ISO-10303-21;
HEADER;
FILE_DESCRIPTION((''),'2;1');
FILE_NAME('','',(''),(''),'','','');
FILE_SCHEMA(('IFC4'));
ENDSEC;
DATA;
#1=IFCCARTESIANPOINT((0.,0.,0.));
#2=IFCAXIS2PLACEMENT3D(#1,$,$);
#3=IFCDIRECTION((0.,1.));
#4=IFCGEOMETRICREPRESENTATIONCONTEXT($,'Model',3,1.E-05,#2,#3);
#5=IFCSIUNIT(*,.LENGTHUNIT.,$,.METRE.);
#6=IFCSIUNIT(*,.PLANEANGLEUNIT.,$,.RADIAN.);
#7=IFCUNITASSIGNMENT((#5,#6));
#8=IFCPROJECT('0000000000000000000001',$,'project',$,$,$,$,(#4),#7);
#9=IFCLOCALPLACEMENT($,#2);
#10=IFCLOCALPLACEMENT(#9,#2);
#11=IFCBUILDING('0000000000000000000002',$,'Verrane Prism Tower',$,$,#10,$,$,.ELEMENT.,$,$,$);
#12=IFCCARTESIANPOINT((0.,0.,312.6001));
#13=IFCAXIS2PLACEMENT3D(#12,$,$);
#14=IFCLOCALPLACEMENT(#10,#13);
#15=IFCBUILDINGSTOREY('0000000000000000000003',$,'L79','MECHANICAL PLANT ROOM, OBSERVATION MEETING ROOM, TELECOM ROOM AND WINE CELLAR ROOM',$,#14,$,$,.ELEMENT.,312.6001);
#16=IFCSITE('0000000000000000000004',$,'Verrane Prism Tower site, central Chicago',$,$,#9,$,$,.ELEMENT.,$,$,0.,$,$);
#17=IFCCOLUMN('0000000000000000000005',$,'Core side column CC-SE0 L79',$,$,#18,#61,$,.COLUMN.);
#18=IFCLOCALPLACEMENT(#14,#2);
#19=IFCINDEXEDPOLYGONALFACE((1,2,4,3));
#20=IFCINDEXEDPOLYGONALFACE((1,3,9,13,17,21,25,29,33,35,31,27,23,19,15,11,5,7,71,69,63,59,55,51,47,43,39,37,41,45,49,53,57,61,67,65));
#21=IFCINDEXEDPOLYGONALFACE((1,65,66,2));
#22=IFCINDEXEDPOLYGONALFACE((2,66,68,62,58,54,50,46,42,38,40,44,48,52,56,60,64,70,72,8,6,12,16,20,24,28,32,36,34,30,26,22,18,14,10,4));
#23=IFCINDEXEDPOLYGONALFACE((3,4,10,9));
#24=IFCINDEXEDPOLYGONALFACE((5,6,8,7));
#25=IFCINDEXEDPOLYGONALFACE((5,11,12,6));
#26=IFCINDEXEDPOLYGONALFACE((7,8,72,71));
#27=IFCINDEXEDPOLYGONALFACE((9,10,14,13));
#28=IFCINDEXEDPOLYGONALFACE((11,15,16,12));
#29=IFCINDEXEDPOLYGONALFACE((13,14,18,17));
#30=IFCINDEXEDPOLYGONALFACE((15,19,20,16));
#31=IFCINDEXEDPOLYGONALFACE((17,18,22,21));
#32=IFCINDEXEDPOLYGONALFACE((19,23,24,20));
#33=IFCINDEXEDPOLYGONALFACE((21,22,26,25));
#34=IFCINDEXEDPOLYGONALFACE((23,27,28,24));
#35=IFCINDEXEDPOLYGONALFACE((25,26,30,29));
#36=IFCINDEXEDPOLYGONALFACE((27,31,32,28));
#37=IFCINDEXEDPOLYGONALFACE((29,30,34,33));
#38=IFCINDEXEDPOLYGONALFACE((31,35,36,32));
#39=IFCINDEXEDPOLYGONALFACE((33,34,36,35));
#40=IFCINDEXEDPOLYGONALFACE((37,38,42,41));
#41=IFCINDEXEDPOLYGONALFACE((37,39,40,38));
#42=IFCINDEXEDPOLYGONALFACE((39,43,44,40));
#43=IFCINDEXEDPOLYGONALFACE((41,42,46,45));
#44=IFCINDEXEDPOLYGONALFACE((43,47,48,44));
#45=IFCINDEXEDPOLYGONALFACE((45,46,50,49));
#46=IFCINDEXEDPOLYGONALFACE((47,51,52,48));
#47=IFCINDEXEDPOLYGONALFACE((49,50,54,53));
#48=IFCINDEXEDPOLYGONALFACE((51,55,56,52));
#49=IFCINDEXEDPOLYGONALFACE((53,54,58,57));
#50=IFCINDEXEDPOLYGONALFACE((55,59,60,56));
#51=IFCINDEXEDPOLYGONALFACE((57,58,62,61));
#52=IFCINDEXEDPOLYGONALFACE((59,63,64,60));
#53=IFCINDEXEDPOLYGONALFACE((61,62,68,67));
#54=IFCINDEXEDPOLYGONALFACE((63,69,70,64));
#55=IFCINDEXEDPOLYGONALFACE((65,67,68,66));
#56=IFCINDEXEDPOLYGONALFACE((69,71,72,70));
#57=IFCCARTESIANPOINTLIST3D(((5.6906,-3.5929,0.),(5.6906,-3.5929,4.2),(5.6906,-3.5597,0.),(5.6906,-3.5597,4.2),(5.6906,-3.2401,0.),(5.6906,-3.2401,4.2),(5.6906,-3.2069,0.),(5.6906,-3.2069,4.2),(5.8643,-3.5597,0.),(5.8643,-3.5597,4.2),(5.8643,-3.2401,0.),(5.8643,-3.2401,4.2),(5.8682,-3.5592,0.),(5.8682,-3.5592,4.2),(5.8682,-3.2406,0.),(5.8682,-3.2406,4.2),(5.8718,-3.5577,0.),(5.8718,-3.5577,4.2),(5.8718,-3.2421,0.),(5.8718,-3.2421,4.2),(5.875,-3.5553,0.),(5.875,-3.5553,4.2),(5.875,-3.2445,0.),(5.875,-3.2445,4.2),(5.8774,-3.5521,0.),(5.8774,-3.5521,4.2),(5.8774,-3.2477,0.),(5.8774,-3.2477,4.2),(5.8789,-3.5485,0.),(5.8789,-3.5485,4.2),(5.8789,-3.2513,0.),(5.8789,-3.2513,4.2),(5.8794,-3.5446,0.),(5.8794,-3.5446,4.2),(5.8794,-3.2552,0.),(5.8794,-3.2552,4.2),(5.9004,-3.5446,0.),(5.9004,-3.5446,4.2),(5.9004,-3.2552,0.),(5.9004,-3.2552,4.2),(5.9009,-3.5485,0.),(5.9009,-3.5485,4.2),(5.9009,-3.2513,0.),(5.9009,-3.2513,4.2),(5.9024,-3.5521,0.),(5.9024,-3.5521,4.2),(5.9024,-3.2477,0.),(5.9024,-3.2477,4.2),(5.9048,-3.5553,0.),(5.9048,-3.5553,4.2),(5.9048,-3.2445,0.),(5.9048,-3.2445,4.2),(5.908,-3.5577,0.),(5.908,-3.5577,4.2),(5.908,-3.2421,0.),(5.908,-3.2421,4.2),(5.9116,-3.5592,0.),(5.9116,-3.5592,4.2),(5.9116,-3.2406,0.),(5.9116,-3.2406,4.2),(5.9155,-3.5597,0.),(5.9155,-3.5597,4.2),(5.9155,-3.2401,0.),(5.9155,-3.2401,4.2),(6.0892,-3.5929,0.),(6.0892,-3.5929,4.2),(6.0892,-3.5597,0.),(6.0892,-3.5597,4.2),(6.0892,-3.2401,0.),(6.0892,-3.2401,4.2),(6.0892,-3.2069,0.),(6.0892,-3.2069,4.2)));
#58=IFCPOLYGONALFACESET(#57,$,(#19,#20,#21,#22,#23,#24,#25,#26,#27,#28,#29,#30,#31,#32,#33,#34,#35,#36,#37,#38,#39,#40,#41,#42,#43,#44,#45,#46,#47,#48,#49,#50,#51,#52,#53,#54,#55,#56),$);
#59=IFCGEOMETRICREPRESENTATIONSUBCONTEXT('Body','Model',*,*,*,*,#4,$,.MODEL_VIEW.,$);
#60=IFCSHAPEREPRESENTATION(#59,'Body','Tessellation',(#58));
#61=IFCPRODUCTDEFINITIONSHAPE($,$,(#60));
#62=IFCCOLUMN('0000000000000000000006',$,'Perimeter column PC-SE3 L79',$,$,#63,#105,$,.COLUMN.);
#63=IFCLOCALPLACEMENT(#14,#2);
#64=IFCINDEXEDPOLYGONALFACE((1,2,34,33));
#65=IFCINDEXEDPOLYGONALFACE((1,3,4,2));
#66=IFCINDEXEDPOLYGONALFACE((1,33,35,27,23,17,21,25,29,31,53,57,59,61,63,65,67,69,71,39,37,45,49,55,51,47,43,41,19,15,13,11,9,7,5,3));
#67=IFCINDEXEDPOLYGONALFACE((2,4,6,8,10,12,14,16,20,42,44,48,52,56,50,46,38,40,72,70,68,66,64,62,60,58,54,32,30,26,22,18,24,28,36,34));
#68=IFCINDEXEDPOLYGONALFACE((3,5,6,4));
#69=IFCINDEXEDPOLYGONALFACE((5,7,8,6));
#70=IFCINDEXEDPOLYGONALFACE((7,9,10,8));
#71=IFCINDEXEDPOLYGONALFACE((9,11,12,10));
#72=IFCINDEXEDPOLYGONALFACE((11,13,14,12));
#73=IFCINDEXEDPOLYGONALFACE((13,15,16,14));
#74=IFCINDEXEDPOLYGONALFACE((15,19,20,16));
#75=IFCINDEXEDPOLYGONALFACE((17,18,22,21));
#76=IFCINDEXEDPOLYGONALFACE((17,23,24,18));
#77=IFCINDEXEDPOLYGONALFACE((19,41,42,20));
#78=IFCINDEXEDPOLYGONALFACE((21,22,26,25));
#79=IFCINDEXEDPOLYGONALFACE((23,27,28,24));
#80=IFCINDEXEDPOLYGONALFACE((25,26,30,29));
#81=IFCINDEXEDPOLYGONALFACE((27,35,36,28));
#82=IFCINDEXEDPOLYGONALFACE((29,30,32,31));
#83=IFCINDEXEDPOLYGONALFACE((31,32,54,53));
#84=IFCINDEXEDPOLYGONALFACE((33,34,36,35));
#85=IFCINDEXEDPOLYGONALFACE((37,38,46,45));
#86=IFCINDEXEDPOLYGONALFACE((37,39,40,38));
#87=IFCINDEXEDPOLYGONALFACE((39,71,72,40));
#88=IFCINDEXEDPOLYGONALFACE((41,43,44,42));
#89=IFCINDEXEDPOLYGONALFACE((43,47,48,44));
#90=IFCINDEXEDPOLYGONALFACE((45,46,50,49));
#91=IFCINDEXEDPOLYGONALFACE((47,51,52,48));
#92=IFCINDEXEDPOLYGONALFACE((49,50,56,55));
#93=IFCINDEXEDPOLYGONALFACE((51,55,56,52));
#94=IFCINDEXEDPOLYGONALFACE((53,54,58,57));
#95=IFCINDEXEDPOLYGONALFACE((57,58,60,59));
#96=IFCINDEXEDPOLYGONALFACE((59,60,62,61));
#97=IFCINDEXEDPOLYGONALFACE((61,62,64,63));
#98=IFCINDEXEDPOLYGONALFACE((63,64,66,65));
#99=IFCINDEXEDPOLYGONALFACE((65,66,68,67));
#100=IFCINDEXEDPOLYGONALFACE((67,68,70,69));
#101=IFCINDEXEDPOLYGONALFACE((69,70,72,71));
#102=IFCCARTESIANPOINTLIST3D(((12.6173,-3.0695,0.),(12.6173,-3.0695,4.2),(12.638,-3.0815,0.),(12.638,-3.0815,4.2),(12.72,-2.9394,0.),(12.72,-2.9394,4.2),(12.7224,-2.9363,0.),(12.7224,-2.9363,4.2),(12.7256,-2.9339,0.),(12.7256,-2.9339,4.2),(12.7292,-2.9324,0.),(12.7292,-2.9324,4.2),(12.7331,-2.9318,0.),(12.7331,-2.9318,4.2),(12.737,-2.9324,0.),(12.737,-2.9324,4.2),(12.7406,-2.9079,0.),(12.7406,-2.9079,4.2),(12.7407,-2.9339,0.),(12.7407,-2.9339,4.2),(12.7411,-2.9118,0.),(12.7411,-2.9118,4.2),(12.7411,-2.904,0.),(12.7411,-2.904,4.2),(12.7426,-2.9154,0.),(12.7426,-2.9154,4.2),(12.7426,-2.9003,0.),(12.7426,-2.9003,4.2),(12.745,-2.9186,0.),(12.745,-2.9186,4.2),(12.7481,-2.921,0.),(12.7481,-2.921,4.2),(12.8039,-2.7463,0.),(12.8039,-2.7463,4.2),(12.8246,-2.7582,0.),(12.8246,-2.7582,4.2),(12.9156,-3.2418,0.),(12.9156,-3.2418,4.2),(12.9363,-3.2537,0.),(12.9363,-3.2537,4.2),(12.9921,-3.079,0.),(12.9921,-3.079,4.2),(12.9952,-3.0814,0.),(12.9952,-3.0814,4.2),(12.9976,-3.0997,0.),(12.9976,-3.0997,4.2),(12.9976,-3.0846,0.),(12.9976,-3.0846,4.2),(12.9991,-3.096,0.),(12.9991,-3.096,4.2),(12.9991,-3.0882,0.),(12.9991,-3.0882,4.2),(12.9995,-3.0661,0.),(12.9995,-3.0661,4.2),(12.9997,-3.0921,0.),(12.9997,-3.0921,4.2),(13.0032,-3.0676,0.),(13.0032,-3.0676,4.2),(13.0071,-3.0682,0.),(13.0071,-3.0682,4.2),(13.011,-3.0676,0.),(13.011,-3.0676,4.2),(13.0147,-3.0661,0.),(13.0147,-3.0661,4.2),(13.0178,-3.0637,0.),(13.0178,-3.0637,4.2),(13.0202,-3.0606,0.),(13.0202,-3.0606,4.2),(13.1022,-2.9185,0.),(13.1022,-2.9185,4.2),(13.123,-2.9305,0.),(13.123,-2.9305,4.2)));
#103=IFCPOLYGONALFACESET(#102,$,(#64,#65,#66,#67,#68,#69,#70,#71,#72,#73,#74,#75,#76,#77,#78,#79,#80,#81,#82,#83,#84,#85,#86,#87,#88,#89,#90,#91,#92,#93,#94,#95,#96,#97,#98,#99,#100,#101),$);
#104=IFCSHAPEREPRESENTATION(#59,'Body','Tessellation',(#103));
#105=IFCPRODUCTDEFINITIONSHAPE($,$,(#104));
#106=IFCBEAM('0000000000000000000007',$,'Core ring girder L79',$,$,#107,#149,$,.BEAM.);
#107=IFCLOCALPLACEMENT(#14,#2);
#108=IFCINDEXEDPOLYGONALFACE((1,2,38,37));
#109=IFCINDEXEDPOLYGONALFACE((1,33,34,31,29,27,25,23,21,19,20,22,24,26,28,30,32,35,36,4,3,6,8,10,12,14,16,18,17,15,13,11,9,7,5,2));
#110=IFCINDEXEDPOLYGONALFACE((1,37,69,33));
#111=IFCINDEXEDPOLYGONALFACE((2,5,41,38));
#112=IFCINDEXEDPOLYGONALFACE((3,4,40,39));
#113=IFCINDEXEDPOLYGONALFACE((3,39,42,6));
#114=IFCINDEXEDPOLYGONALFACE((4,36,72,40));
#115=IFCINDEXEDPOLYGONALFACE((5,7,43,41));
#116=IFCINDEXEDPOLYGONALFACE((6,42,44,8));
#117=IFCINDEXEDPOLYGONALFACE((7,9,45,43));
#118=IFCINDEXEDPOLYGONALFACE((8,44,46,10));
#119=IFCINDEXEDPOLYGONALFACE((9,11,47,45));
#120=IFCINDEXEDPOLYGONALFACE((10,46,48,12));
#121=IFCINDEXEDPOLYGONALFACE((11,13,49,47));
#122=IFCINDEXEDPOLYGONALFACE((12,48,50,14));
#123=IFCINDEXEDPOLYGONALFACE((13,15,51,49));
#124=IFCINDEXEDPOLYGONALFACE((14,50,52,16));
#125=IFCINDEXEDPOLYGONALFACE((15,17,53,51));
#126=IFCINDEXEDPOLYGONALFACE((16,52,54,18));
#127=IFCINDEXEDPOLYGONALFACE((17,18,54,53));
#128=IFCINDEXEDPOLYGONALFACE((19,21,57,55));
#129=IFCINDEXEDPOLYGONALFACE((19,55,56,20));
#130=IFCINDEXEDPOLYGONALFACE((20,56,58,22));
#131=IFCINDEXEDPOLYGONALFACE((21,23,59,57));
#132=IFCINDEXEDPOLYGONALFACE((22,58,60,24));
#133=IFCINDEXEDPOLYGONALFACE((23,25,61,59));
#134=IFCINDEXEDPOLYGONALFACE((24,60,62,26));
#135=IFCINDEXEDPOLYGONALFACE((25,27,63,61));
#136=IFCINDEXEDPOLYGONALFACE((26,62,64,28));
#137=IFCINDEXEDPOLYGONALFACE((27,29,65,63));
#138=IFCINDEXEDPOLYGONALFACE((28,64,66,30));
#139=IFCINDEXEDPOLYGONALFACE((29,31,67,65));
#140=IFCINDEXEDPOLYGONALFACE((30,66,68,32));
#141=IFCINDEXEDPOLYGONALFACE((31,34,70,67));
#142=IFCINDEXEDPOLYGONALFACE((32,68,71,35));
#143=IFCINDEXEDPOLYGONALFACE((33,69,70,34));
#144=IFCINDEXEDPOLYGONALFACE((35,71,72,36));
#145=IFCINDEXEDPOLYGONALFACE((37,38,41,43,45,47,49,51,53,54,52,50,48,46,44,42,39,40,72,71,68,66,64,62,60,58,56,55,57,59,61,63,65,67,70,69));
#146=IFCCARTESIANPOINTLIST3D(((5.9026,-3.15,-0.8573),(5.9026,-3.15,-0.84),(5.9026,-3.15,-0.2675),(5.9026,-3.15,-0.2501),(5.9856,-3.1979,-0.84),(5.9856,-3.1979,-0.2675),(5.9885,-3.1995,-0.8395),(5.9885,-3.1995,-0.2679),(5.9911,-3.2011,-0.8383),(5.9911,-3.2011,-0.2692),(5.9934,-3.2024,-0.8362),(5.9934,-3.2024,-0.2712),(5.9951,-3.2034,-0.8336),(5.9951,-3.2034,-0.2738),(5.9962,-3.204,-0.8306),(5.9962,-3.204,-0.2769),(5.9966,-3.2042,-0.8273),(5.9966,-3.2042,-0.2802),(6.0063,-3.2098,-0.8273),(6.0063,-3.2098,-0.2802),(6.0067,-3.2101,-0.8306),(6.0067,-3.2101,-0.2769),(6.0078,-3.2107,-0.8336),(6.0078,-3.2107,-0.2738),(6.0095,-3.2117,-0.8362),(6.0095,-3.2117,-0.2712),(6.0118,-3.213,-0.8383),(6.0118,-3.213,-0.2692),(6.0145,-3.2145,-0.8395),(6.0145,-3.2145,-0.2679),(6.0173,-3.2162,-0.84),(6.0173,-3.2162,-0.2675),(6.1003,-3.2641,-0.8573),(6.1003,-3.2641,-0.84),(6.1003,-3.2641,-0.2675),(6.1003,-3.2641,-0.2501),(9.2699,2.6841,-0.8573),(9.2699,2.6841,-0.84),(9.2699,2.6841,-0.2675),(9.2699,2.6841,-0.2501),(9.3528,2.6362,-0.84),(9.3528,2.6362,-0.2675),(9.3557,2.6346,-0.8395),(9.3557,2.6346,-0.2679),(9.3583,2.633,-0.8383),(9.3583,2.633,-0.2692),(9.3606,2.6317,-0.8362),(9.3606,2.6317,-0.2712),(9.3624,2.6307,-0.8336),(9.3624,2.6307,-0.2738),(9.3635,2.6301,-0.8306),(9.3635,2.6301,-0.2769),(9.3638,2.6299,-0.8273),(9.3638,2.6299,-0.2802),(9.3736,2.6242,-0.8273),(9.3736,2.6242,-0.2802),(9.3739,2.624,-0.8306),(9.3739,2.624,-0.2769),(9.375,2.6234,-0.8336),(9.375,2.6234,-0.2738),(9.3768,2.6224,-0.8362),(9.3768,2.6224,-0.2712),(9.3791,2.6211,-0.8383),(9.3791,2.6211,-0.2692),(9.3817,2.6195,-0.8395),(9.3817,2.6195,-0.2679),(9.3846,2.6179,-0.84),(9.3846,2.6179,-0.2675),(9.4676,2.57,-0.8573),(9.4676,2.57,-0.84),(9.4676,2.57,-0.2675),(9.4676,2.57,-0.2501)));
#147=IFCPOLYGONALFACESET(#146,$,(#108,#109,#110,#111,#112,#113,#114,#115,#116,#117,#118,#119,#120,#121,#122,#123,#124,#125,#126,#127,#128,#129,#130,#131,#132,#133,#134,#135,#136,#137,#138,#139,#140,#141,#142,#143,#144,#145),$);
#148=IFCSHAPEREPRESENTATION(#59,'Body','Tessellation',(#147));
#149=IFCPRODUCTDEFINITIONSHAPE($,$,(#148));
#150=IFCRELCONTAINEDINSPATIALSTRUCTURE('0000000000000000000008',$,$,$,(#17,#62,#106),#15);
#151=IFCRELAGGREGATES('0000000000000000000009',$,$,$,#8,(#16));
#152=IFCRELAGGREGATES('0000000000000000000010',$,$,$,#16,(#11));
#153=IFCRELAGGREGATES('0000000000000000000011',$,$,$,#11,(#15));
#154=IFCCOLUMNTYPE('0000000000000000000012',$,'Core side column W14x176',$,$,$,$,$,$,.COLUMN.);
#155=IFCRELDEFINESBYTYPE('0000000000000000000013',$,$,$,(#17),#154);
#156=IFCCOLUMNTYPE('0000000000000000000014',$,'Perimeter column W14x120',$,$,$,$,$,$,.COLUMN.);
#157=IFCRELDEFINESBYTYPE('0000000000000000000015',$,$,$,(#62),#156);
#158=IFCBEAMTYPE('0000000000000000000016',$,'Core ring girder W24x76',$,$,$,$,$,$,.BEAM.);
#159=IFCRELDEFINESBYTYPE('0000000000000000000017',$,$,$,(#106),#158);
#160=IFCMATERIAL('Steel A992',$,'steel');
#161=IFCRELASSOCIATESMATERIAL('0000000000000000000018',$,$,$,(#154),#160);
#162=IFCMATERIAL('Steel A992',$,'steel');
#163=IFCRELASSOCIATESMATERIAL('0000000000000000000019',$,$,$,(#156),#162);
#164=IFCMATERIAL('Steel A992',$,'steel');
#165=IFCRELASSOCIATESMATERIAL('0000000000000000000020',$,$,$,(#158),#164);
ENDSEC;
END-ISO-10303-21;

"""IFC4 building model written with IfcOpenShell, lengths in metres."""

from ifc_helpers import new_model, si_unit, direction, frame, origin, origin_2d, place, context, subcontext, project, spatial, i_section, extrude, material, material_profile, profile_set, type_object, element, save


model = new_model("IFC4")

# Units and contexts
model_context = context("Model", 3, precision=1e-05, world=origin(), true_north=direction((0.0, 1.0)))
body_context = subcontext(model_context, "Body", "Model", "MODEL_VIEW")
ifc_project = project(units=[si_unit("LENGTHUNIT", "METRE"), si_unit("PLANEANGLEUNIT", "RADIAN")], contexts=[model_context])

# Site, building, storey
site_placement = place(None, origin())
site = spatial("IfcSite", under=ifc_project, at=site_placement, Name="Verrane Prism Tower site, central Chicago", CompositionType="ELEMENT", RefElevation=0.0)
building_placement = place(site_placement, origin())
building = spatial("IfcBuilding", under=site, at=building_placement, Name="Verrane Prism Tower", CompositionType="ELEMENT")
storey_placement = place(building_placement, frame((0.0, 0.0, 312.6001)))
storey = spatial("IfcBuildingStorey", under=building, at=storey_placement, Name="L79", Description="MECHANICAL PLANT ROOM, OBSERVATION MEETING ROOM, TELECOM ROOM AND WINE CELLAR ROOM", CompositionType="ELEMENT", Elevation=312.6001)

# Columns
ifc_material_1 = material(Name="Steel A992", Category="steel")
ifc_material_profile_1 = material_profile(ifc_material_1, i_section(OverallWidth=0.3987, OverallDepth=0.386, WebThickness=0.021, FlangeThickness=0.0332, FilletRadius=0.0151, at=origin_2d()), Name="W14x176")
ifc_profile_set_1 = profile_set([ifc_material_profile_1], Name="Steel A992")
column_type_1 = type_object("IfcColumnType", Name="Core side column W14x176", PredefinedType="COLUMN", material=ifc_profile_set_1)
column_1_placement = place(storey_placement, frame((5.8899, -3.3999, 0.0), z_axis=(0.0, 0.0, 1.0), x_axis=(1.0, 0.0, 0.0)))
element("IfcColumn", 1, at=column_1_placement, inside=storey, type_object=column_type_1, Name="Core side column CC-SE0 L79", PredefinedType="COLUMN", context=body_context, shape_type="SweptSolid", body=[
    extrude(i_section(OverallWidth=0.3987, OverallDepth=0.386, WebThickness=0.021, FlangeThickness=0.0332, FilletRadius=0.0151, at=origin_2d()), origin(), (0.0, 0.0, 1.0), 4.2),
])
ifc_material_2 = material(Name="Steel A992", Category="steel")
ifc_material_profile_2 = material_profile(ifc_material_2, i_section(OverallWidth=0.3733, OverallDepth=0.3684, WebThickness=0.0149, FlangeThickness=0.0239, FilletRadius=0.0151, at=origin_2d()), Name="W14x120")
ifc_profile_set_2 = profile_set([ifc_material_profile_2], Name="Steel A992")
column_type_2 = type_object("IfcColumnType", Name="Perimeter column W14x120", PredefinedType="COLUMN", material=ifc_profile_set_2)
column_2_placement = place(storey_placement, frame((12.8701, -3.0, 0.0), z_axis=(0.0, 0.0, 1.0), x_axis=(-0.5, -0.866025, 0.0)))
element("IfcColumn", 2, at=column_2_placement, inside=storey, type_object=column_type_2, Name="Perimeter column PC-SE3 L79", PredefinedType="COLUMN", context=body_context, shape_type="SweptSolid", body=[
    extrude(i_section(OverallWidth=0.3733, OverallDepth=0.3684, WebThickness=0.0149, FlangeThickness=0.0239, FilletRadius=0.0151, at=origin_2d()), origin(), (0.0, 0.0, 1.0), 4.2),
])

# Beam
ifc_material_3 = material(Name="Steel A992", Category="steel")
ifc_material_profile_3 = material_profile(ifc_material_3, i_section(OverallWidth=0.2283, OverallDepth=0.6072, WebThickness=0.0112, FlangeThickness=0.0173, FilletRadius=0.0127, at=origin_2d()), Name="W24x76")
ifc_profile_set_3 = profile_set([ifc_material_profile_3], Name="Steel A992")
beam_type_1 = type_object("IfcBeamType", Name="Core ring girder W24x76", PredefinedType="BEAM", material=ifc_profile_set_3)
beam_1_placement = place(storey_placement, frame((6.0015, -3.207, -0.5537), z_axis=(0.499881, 0.866094, 0.0), x_axis=(-0.866094, 0.499881, 0.0)))
element("IfcBeam", 3, at=beam_1_placement, inside=storey, type_object=beam_type_1, Name="Core ring girder L79", PredefinedType="BEAM", context=body_context, shape_type="SweptSolid", body=[
    extrude(i_section(OverallWidth=0.2283, OverallDepth=0.6072, WebThickness=0.0112, FlangeThickness=0.0173, FilletRadius=0.0127, at=origin_2d()), origin(), (0.0, 0.0, 1.0), 6.7361),
])

save(model, "model.ifc")
